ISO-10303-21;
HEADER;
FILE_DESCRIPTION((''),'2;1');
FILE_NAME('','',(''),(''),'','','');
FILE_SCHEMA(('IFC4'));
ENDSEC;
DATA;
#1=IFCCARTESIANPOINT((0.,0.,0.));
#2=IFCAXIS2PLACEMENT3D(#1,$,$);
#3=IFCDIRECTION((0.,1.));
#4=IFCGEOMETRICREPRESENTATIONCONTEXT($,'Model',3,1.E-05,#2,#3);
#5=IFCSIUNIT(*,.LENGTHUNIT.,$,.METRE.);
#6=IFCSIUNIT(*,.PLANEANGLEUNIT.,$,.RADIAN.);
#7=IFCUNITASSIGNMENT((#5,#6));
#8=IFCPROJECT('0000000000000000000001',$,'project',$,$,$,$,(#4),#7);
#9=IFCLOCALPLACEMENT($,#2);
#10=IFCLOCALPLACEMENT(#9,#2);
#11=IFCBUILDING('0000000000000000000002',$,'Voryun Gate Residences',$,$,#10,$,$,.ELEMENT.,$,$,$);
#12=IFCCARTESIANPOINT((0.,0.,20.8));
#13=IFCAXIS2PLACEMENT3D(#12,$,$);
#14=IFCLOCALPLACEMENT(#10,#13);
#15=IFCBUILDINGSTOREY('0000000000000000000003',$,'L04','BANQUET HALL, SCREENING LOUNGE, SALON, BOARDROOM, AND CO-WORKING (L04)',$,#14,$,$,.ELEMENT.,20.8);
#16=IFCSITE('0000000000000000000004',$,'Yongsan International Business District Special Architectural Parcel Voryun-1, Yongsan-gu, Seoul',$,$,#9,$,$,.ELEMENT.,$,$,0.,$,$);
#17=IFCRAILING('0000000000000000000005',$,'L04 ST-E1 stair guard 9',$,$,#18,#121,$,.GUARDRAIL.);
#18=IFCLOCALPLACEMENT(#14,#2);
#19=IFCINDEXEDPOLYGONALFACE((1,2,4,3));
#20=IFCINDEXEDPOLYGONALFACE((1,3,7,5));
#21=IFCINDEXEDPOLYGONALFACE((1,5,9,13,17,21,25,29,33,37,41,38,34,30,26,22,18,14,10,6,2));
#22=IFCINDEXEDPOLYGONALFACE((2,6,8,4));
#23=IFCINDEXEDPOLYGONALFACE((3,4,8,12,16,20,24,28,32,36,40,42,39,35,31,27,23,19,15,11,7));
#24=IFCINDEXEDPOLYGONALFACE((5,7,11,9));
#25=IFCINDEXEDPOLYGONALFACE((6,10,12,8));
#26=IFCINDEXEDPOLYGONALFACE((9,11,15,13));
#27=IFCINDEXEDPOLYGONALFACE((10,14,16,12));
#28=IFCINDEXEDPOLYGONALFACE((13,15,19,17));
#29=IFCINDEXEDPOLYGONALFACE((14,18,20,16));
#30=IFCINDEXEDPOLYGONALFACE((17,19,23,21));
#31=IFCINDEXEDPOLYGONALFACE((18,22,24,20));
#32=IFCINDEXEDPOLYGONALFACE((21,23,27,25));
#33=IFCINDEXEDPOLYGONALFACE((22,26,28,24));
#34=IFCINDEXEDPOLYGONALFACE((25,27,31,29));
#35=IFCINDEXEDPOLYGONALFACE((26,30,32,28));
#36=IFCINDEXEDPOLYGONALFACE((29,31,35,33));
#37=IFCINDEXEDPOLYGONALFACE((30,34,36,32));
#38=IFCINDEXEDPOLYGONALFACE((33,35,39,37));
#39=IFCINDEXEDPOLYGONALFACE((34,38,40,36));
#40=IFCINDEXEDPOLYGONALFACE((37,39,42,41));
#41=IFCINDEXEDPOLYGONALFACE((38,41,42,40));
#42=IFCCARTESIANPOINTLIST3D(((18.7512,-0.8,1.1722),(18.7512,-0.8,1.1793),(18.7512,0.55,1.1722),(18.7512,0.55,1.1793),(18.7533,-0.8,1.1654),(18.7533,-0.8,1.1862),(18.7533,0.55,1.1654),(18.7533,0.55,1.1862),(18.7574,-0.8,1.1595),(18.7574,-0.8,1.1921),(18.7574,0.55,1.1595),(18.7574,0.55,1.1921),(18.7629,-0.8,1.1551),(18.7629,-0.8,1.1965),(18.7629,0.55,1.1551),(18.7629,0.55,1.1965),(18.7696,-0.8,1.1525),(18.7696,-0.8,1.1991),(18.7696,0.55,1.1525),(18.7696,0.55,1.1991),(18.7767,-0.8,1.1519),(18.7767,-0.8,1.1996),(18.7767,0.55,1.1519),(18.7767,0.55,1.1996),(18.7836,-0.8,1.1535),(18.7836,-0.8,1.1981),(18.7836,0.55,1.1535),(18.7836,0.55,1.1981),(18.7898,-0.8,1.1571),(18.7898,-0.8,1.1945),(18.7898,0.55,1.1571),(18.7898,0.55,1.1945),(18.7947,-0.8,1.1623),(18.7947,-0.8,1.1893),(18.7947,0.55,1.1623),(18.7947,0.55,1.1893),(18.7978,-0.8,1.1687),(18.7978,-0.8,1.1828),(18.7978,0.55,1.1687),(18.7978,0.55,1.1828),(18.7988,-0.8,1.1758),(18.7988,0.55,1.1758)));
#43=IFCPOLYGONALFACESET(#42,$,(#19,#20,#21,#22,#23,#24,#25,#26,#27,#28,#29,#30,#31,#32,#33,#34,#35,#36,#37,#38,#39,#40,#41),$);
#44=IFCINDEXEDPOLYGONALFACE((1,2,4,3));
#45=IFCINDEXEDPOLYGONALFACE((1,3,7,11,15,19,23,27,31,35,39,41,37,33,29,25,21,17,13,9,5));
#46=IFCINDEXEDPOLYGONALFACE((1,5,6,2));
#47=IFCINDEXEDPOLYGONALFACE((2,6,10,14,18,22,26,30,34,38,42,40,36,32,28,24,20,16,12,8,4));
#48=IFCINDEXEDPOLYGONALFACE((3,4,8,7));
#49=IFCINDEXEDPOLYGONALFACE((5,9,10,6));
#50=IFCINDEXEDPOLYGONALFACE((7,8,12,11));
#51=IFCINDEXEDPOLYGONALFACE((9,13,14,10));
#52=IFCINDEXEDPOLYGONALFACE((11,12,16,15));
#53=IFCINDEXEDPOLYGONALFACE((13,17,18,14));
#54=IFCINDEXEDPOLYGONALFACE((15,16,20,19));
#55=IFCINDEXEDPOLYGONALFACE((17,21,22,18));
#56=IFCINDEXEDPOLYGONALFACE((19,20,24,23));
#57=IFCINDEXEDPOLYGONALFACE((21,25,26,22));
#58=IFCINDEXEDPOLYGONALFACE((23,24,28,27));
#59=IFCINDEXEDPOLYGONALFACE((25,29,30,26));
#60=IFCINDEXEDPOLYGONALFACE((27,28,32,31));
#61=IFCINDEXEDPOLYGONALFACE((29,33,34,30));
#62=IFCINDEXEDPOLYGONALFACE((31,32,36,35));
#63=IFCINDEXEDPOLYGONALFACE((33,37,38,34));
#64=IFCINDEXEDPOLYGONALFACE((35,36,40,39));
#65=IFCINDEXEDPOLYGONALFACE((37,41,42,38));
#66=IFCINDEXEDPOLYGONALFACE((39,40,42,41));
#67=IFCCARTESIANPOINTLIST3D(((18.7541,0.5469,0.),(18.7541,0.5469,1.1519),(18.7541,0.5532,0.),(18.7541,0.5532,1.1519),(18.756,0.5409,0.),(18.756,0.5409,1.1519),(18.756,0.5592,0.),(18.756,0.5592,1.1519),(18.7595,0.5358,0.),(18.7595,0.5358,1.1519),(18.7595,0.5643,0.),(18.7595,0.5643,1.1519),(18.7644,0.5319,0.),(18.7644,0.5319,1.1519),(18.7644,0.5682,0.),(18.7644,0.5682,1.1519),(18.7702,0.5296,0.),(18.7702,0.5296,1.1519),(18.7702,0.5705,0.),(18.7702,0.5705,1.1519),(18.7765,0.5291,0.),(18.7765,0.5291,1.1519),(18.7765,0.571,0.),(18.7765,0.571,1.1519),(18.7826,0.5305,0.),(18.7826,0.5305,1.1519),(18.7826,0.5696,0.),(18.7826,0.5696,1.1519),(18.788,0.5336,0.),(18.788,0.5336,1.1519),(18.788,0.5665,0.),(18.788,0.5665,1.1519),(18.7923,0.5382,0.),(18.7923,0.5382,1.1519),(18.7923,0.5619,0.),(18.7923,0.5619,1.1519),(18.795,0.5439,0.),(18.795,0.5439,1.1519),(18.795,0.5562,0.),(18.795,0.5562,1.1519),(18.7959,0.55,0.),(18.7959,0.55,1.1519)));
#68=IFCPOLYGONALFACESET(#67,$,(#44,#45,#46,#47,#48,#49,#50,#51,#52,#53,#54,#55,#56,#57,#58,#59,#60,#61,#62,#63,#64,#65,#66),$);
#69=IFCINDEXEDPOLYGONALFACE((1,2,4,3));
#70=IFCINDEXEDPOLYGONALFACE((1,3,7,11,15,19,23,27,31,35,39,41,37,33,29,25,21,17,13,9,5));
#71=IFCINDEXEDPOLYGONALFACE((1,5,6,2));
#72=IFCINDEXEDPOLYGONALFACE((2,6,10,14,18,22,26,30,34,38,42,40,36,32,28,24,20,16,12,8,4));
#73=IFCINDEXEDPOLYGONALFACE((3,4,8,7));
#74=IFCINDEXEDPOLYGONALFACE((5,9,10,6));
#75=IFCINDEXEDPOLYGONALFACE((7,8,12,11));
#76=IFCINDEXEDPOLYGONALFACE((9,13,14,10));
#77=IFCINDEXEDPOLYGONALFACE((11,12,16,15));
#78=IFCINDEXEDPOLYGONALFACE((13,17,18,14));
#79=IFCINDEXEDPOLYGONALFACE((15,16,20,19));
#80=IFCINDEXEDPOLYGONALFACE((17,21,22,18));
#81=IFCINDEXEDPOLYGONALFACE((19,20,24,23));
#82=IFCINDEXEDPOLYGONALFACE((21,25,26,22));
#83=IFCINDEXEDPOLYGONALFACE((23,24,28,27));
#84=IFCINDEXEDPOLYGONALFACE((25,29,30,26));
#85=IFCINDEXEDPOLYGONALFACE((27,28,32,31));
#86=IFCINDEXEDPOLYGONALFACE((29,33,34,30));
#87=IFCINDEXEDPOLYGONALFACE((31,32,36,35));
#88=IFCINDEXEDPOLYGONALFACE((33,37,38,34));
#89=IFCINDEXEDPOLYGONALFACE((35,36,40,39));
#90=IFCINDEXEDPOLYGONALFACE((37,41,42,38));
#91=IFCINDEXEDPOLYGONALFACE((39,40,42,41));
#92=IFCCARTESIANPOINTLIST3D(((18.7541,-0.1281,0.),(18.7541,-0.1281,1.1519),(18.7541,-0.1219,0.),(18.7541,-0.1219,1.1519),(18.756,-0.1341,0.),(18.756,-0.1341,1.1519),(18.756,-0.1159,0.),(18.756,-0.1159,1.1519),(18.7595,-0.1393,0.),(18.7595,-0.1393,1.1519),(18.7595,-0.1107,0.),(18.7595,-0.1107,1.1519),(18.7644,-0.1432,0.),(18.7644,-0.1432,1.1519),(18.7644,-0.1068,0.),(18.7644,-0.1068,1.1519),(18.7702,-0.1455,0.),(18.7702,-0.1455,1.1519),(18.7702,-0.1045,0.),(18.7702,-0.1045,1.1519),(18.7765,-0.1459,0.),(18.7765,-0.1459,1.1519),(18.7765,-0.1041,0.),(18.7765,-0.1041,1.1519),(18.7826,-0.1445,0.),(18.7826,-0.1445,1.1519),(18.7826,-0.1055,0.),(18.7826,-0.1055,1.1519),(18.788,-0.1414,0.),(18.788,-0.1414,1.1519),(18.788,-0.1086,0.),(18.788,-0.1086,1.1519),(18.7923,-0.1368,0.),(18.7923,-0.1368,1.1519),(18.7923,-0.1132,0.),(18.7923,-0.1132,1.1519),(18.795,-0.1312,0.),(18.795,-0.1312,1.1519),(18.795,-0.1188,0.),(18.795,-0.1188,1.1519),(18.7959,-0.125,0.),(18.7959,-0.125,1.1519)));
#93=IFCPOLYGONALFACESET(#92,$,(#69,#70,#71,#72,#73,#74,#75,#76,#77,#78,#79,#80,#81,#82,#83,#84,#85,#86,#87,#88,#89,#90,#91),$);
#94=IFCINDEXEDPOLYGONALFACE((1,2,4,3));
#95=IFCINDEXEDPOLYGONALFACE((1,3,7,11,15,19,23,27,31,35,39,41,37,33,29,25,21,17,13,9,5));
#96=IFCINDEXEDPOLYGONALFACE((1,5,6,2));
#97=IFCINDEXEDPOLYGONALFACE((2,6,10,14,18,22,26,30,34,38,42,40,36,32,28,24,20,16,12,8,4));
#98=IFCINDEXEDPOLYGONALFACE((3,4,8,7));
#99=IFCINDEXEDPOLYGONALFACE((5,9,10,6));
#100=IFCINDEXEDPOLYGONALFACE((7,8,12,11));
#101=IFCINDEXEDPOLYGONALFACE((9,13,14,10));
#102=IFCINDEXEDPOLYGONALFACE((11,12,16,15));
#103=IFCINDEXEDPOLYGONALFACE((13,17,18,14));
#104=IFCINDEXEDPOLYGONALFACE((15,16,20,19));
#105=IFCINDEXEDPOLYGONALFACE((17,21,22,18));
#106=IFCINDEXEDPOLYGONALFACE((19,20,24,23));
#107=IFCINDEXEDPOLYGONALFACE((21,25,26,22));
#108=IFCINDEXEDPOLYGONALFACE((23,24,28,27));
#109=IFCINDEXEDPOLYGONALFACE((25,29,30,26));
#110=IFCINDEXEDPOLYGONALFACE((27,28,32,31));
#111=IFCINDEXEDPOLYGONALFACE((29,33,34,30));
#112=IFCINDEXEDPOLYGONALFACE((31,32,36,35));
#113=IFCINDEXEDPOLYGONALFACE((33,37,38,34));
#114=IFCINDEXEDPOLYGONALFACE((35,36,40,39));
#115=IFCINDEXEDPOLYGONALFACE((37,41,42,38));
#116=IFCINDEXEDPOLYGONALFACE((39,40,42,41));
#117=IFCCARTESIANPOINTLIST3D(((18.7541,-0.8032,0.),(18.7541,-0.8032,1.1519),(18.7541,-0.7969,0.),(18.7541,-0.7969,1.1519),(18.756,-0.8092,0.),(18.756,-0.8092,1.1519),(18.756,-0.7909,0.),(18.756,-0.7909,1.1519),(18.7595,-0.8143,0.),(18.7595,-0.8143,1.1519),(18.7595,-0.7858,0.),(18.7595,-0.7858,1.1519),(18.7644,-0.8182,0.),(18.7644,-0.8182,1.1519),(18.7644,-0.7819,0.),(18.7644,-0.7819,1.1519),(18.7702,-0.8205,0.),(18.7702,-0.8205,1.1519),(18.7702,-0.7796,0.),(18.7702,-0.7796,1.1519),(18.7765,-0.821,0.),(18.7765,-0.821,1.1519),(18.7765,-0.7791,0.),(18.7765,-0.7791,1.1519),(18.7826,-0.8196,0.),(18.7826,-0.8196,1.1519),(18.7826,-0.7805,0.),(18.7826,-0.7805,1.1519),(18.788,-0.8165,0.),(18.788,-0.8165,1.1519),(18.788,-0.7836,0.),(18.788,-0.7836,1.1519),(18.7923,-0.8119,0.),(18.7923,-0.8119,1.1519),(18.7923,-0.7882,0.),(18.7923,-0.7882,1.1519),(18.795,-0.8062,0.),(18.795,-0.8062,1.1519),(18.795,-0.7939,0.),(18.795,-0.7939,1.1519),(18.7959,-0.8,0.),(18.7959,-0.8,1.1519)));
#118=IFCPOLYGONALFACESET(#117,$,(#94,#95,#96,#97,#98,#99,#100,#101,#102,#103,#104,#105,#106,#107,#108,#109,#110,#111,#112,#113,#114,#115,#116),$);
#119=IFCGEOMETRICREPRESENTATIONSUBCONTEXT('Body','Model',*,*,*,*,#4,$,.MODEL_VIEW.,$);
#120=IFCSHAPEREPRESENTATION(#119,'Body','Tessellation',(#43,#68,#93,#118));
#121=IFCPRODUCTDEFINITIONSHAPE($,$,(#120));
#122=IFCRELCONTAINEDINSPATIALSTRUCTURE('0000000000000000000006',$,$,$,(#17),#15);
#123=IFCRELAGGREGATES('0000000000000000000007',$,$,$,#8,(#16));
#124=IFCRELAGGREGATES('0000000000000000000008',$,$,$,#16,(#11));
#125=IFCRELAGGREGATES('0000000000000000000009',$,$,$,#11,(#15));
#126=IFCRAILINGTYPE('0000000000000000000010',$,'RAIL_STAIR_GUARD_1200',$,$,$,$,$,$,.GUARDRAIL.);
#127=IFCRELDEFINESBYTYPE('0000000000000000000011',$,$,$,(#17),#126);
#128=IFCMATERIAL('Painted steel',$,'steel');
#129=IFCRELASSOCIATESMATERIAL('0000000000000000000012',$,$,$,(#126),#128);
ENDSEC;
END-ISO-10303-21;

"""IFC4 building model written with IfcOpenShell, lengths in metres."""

from ifc_helpers import new_model, si_unit, direction, frame, origin, origin_2d, place, context, subcontext, project, spatial, circle, extrude, material, type_object, element, save


model = new_model("IFC4")

# Units and contexts
model_context = context("Model", 3, precision=1e-05, world=origin(), true_north=direction((0.0, 1.0)))
body_context = subcontext(model_context, "Body", "Model", "MODEL_VIEW")
ifc_project = project(units=[si_unit("LENGTHUNIT", "METRE"), si_unit("PLANEANGLEUNIT", "RADIAN")], contexts=[model_context])

# Site, building, storey
site_placement = place(None, origin())
site = spatial("IfcSite", under=ifc_project, at=site_placement, Name="Yongsan International Business District Special Architectural Parcel Voryun-1, Yongsan-gu, Seoul", CompositionType="ELEMENT", RefElevation=0.0)
building_placement = place(site_placement, origin())
building = spatial("IfcBuilding", under=site, at=building_placement, Name="Voryun Gate Residences", CompositionType="ELEMENT")
storey_placement = place(building_placement, frame((0.0, 0.0, 20.8)))
storey = spatial("IfcBuildingStorey", under=building, at=storey_placement, Name="L04", Description="BANQUET HALL, SCREENING LOUNGE, SALON, BOARDROOM, AND CO-WORKING (L04)", CompositionType="ELEMENT", Elevation=20.8)

# Railing
ifc_material_1 = material(Name="Painted steel", Category="steel")
railing_type_1 = type_object("IfcRailingType", Name="RAIL_STAIR_GUARD_1200", PredefinedType="GUARDRAIL", material=ifc_material_1)
for number, where, name in (
    (1, (18.7749, 0.55, 0.0), "L04 ST-E1 stair guard 9"),
):
    element("IfcRailing", number, at=place(storey_placement, frame(where)), inside=storey, type_object=railing_type_1, Name=name, PredefinedType="GUARDRAIL", context=body_context, shape_type="SweptSolid", body=[
        extrude(circle(Radius=0.0239, at=origin_2d()), frame((0.0, 0.0, 1.1758), z_axis=(0.0, -1.0, 0.0), x_axis=(1.0, 0.0, 0.0)), (0.0, 0.0, 1.0), 1.3501),
        extrude(circle(Radius=0.021, at=origin_2d()), origin(), (0.0, 0.0, 1.0), 1.1519),
        extrude(circle(Radius=0.021, at=origin_2d()), frame((0.0, -0.675, 0.0)), (0.0, 0.0, 1.0), 1.1519),
        extrude(circle(Radius=0.021, at=origin_2d()), frame((0.0, -1.3501, 0.0)), (0.0, 0.0, 1.0), 1.1519),
    ])

save(model, "model.ifc")
